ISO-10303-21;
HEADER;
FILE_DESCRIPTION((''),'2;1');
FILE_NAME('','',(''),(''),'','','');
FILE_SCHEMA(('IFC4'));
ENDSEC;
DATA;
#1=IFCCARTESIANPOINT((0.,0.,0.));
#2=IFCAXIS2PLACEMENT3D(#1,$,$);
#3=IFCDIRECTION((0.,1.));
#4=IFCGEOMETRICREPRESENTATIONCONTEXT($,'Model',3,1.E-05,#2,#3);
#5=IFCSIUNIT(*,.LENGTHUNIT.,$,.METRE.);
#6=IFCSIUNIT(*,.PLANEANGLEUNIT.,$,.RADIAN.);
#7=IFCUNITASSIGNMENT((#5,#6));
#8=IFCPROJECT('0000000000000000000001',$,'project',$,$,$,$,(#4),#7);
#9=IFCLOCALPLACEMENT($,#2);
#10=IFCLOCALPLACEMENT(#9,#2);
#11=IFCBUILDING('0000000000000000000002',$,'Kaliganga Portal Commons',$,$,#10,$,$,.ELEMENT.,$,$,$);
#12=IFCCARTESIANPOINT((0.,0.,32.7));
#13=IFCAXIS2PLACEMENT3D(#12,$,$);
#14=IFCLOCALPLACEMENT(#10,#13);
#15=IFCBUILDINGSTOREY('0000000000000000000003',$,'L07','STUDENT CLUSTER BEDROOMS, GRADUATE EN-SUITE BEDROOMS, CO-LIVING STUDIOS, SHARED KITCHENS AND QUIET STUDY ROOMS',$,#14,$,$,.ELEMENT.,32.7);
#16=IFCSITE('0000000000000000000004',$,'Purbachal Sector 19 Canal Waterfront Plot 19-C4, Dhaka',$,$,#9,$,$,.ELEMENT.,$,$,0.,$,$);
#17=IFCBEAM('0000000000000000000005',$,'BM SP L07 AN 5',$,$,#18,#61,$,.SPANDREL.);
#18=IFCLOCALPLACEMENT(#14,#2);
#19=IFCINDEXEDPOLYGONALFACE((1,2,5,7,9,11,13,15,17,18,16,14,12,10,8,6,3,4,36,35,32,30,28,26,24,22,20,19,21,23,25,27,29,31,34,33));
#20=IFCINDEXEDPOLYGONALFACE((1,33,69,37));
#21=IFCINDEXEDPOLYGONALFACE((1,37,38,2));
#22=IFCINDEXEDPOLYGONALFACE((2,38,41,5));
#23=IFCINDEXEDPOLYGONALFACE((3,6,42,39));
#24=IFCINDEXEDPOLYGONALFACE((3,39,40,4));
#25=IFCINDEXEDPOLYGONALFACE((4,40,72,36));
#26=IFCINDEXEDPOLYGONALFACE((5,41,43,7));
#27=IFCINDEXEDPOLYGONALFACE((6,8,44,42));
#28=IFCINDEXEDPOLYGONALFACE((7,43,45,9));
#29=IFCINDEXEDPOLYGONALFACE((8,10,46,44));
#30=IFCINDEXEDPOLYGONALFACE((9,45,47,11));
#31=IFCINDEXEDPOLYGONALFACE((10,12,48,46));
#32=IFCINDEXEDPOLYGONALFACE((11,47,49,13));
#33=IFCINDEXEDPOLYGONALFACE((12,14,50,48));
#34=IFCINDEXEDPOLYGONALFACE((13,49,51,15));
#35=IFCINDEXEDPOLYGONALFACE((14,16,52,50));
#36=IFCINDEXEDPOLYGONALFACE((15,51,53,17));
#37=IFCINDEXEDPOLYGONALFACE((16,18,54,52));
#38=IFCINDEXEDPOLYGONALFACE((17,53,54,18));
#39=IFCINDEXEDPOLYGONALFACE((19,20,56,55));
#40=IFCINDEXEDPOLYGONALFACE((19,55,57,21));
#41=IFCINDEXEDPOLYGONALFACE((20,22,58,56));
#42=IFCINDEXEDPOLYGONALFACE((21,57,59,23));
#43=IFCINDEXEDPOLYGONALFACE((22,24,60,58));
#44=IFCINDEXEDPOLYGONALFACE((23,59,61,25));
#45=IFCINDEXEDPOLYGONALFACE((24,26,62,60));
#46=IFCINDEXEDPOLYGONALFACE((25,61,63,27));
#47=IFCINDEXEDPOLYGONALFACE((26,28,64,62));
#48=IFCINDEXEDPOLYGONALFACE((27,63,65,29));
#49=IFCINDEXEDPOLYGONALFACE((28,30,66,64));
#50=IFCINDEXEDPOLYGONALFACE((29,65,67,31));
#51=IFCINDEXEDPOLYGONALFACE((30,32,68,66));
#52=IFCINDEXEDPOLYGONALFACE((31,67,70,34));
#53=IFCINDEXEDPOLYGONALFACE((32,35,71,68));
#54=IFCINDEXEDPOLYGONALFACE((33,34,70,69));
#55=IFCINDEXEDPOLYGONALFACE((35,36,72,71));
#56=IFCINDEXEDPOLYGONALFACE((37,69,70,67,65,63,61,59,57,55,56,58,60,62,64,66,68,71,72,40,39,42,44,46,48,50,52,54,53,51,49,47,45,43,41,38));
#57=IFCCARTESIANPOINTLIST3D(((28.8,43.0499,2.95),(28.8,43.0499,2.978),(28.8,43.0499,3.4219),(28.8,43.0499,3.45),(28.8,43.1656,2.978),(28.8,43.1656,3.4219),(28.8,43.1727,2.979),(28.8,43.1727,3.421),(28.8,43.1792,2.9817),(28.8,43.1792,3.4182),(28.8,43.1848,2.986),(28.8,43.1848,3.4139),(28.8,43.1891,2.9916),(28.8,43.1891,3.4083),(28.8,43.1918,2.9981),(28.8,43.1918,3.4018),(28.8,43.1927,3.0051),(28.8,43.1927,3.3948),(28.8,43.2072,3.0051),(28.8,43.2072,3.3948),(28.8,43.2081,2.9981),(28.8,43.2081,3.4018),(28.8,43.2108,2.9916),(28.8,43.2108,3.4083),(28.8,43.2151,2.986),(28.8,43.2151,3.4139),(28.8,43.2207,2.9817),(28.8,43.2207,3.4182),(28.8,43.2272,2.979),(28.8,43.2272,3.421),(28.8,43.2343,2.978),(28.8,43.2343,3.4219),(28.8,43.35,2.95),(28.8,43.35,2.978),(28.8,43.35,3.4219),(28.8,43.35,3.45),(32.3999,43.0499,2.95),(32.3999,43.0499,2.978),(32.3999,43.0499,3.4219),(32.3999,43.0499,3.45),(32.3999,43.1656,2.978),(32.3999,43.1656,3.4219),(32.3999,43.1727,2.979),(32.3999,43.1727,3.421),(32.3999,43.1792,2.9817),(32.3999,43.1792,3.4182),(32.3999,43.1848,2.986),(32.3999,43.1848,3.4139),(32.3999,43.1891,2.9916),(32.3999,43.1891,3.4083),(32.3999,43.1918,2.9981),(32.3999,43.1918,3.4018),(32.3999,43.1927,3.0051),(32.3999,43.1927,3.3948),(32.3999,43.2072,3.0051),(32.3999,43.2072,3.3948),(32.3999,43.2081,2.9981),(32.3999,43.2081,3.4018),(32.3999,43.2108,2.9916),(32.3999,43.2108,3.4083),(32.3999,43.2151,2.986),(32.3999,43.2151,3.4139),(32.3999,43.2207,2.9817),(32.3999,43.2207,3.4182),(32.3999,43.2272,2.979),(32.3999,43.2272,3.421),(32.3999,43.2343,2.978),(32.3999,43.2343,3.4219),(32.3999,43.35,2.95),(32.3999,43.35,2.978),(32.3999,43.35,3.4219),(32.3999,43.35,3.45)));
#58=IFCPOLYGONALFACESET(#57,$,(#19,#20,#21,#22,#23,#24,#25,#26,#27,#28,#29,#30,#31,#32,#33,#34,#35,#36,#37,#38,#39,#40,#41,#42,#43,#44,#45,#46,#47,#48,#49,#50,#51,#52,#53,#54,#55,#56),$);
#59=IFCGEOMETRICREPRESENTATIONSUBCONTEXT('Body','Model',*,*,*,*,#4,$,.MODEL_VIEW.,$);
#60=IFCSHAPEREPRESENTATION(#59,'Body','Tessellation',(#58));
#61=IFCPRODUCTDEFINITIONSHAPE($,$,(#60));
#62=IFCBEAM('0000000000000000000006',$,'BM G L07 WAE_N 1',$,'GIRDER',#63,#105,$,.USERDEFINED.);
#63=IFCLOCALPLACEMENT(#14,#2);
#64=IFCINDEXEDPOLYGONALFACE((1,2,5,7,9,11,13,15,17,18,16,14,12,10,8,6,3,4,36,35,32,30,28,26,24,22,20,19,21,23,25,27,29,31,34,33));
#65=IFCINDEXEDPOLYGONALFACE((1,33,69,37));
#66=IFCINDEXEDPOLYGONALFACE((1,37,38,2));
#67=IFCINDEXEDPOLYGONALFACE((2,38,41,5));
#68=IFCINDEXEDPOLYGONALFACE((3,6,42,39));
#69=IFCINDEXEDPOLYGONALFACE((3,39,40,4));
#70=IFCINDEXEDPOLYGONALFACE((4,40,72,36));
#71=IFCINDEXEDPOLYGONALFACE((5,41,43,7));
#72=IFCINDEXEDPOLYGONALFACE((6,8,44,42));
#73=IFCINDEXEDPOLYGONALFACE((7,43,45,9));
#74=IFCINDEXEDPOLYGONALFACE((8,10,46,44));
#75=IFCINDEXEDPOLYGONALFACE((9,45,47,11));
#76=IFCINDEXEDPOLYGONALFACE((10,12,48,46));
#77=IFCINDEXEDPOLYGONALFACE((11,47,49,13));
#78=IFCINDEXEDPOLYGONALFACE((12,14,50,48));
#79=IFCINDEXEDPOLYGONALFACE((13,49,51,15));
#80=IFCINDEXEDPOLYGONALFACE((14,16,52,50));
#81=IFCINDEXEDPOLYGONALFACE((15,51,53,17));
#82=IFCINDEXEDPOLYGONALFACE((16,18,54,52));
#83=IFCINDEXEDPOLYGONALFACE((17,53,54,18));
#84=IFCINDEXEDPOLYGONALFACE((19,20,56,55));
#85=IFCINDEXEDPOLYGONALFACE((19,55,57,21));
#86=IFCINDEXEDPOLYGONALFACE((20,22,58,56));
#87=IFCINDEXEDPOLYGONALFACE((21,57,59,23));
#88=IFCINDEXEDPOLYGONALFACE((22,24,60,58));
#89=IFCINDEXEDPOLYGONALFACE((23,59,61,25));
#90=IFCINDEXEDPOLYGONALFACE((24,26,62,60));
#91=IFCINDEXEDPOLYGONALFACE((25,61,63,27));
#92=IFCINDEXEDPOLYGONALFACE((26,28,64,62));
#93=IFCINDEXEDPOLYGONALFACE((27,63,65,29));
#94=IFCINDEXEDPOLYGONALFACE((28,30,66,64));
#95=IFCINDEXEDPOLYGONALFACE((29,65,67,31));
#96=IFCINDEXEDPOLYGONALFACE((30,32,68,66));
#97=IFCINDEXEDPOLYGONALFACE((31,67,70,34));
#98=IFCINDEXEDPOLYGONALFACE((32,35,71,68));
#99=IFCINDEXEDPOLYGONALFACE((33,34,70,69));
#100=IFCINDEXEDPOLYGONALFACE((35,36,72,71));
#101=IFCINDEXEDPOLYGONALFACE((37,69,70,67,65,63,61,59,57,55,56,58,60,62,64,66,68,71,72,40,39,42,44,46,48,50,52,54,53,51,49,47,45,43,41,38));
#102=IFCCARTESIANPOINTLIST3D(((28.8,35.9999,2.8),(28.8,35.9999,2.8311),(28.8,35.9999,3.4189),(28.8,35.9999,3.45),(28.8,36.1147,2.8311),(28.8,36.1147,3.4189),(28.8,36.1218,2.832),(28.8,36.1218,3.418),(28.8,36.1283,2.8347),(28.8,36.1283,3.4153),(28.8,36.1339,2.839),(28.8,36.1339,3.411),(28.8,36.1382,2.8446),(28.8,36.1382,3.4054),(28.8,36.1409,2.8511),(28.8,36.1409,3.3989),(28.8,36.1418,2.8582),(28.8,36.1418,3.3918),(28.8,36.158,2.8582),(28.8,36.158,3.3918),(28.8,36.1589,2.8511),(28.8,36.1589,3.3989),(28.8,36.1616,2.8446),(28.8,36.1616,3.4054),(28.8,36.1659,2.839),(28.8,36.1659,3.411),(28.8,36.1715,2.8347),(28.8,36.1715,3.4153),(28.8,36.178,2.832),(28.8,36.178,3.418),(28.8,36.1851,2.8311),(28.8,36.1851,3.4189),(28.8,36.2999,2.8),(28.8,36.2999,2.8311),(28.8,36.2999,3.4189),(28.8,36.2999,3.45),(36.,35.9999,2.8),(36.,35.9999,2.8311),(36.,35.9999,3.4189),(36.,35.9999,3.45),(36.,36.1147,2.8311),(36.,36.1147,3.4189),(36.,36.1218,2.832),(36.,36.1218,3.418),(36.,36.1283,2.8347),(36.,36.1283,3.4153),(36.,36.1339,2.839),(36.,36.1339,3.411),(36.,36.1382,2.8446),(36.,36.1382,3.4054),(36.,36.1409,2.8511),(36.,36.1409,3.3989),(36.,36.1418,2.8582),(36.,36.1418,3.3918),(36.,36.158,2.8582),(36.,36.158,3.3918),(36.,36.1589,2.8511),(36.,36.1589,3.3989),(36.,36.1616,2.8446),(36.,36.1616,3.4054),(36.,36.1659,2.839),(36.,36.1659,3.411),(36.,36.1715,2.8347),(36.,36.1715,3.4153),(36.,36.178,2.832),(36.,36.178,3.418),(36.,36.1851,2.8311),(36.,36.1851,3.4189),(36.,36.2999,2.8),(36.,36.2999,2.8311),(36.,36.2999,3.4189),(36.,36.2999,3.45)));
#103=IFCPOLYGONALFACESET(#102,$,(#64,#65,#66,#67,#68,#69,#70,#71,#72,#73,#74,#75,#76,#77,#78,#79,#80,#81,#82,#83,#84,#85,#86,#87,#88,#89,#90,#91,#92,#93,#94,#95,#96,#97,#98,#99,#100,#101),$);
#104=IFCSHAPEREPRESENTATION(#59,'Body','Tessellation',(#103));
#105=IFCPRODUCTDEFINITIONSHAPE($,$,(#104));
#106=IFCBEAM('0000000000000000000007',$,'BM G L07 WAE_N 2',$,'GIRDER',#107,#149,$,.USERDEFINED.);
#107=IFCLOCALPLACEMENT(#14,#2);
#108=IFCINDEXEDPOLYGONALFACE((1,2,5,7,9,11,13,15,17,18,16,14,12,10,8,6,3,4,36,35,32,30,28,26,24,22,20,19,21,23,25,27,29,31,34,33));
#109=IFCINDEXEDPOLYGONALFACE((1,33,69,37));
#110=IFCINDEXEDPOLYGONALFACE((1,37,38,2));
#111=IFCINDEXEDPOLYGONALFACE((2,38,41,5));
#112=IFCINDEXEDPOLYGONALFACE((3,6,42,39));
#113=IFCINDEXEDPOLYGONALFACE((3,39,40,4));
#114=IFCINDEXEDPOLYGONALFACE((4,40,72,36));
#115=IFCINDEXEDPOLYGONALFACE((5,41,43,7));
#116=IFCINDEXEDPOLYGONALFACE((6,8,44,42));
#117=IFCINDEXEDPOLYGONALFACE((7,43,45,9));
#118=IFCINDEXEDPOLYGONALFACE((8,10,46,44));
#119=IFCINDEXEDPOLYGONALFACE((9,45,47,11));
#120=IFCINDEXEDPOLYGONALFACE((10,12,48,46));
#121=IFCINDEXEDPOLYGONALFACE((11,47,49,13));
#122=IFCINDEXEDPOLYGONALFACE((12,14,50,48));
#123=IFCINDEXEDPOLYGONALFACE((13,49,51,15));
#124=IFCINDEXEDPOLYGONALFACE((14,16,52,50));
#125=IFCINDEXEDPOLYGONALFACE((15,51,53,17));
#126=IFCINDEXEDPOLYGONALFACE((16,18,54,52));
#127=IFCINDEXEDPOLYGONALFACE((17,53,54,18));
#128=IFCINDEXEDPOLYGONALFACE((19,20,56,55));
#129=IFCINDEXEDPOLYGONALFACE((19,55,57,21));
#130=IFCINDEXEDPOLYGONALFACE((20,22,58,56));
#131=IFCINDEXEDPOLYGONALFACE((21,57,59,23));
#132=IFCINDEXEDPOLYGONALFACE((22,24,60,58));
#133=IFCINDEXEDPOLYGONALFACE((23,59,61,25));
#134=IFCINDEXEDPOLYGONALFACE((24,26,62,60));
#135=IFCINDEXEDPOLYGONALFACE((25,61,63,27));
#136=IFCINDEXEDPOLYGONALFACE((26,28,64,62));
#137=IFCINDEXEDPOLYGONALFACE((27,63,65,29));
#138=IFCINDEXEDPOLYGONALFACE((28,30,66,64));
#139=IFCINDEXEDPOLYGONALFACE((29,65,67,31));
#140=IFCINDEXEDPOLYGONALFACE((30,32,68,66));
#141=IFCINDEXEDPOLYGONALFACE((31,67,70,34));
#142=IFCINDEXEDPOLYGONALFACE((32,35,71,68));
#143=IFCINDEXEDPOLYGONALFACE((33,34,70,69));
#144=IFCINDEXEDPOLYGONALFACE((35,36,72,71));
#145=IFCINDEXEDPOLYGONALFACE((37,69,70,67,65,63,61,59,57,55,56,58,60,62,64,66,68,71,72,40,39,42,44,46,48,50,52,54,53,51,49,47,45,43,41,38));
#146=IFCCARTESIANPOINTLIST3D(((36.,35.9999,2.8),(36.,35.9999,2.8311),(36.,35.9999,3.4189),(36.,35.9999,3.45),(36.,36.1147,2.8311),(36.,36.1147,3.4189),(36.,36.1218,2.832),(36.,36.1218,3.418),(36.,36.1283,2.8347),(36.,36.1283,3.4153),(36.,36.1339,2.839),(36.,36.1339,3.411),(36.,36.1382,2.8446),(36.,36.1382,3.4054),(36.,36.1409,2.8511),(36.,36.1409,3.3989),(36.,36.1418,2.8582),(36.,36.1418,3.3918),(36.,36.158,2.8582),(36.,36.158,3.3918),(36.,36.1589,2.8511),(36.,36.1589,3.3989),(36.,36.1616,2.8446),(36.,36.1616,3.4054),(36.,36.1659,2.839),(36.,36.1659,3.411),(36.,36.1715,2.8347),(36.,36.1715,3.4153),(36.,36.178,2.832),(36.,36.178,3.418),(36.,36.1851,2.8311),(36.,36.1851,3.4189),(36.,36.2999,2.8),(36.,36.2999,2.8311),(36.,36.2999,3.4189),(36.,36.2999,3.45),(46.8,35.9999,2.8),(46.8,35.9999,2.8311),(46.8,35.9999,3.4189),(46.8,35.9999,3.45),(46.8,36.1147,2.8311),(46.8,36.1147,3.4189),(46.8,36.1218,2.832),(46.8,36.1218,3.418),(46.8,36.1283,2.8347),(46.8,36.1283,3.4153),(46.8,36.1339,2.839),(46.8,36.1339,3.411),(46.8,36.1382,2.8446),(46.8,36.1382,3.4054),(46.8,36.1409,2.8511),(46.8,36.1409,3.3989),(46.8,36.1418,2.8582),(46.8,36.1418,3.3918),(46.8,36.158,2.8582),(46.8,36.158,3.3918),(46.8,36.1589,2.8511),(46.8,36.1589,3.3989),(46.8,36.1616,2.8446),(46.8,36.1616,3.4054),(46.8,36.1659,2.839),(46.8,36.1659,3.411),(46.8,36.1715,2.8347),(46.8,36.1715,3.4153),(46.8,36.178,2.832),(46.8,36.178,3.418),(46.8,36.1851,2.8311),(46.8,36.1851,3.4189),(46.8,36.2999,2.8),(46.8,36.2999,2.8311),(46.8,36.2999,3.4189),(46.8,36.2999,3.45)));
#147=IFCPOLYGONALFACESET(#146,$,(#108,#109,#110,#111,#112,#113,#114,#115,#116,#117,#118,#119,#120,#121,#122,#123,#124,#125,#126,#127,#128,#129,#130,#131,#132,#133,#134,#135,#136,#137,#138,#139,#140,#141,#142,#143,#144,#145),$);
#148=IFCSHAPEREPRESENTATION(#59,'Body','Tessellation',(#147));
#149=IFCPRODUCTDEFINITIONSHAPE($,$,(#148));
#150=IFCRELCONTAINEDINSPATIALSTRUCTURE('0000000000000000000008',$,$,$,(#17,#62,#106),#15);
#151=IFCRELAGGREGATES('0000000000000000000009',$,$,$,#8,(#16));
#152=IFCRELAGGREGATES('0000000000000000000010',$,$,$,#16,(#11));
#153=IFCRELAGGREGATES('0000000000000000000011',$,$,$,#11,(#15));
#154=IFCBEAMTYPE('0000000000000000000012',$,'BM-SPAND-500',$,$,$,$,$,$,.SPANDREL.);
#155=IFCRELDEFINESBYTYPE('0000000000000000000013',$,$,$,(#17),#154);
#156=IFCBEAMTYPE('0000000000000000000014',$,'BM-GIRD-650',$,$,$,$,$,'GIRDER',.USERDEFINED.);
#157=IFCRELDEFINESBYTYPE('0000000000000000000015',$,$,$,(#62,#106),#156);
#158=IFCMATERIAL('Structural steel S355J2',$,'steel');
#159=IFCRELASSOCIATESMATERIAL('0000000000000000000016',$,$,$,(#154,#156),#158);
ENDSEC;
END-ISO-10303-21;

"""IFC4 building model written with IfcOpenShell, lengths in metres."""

from ifc_helpers import new_model, si_unit, direction, frame, origin, origin_2d, place, context, subcontext, project, spatial, i_section, extrude, source, transform, mapped, material, material_profile, profile_set, type_object, element, save


model = new_model("IFC4")

# Units and contexts
model_context = context("Model", 3, precision=1e-05, world=origin(), true_north=direction((0.0, 1.0)))
body_context = subcontext(model_context, "Body", "Model", "MODEL_VIEW")
ifc_project = project(units=[si_unit("LENGTHUNIT", "METRE"), si_unit("PLANEANGLEUNIT", "RADIAN")], contexts=[model_context])

# Site, building, storey
site_placement = place(None, origin())
site = spatial("IfcSite", under=ifc_project, at=site_placement, Name="Purbachal Sector 19 Canal Waterfront Plot 19-C4, Dhaka", CompositionType="ELEMENT", RefElevation=0.0)
building_placement = place(site_placement, origin())
building = spatial("IfcBuilding", under=site, at=building_placement, Name="Kaliganga Portal Commons", CompositionType="ELEMENT")
storey_placement = place(building_placement, frame((0.0, 0.0, 32.7)))
storey = spatial("IfcBuildingStorey", under=building, at=storey_placement, Name="L07", Description="STUDENT CLUSTER BEDROOMS, GRADUATE EN-SUITE BEDROOMS, CO-LIVING STUDIOS, SHARED KITCHENS AND QUIET STUDY ROOMS", CompositionType="ELEMENT", Elevation=32.7)

# Beams
ifc_material_1 = material(Name="Structural steel S355J2", Category="steel")
ifc_material_profile_1 = material_profile(ifc_material_1, i_section(OverallWidth=0.3, OverallDepth=0.5, WebThickness=0.0144, FlangeThickness=0.0281, FilletRadius=0.0271, at=origin_2d()), Name="HE 500 B")
ifc_profile_set_1 = profile_set([ifc_material_profile_1], Name="Structural steel S355J2 wide-flange")
beam_type_1 = type_object("IfcBeamType", Name="BM-SPAND-500", PredefinedType="SPANDREL", material=ifc_profile_set_1)
shared_shape_1 = source(origin(), body_context, "Body", "SweptSolid", [
    extrude(i_section(OverallWidth=0.3, OverallDepth=0.5, WebThickness=0.0144, FlangeThickness=0.0281, FilletRadius=0.0271, at=origin_2d()), origin(), (0.0, 0.0, 1.0), 3.5999),
])
beam_1_placement = place(storey_placement, frame((28.8, 43.2, 3.2), z_axis=(1.0, 0.0, 0.0), x_axis=(0.0, 1.0, 0.0)))
element("IfcBeam", 1, at=beam_1_placement, inside=storey, type_object=beam_type_1, Name="BM SP L07 AN 5", PredefinedType="SPANDREL", context=body_context, shape_type="MappedRepresentation", body=[
    mapped(shared_shape_1, transform((0.0, 0.0, 0.0), x_axis=(1.0, 0.0, 0.0), y_axis=(0.0, 1.0, 0.0), z_axis=(0.0, 0.0, 1.0), scale=1.0)),
])
ifc_material_profile_2 = material_profile(ifc_material_1, i_section(OverallWidth=0.3, OverallDepth=0.6499, WebThickness=0.0161, FlangeThickness=0.031, FilletRadius=0.0271, at=origin_2d()), Name="HE 650 B")
ifc_profile_set_2 = profile_set([ifc_material_profile_2], Name="Structural steel S355J2 wide-flange")
beam_type_2 = type_object("IfcBeamType", Name="BM-GIRD-650", ElementType="GIRDER", PredefinedType="USERDEFINED", material=ifc_profile_set_2)
shared_shape_2 = source(origin(), body_context, "Body", "SweptSolid", [
    extrude(i_section(OverallWidth=0.3, OverallDepth=0.6499, WebThickness=0.0161, FlangeThickness=0.031, FilletRadius=0.0271, at=origin_2d()), origin(), (0.0, 0.0, 1.0), 7.2),
])
beam_2_placement = place(storey_placement, frame((28.8, 36.1499, 3.125), z_axis=(1.0, 0.0, 0.0), x_axis=(0.0, 1.0, 0.0)))
element("IfcBeam", 2, at=beam_2_placement, inside=storey, type_object=beam_type_2, Name="BM G L07 WAE_N 1", ObjectType="GIRDER", PredefinedType="USERDEFINED", context=body_context, shape_type="MappedRepresentation", body=[
    mapped(shared_shape_2, transform((0.0, 0.0, 0.0), x_axis=(1.0, 0.0, 0.0), y_axis=(0.0, 1.0, 0.0), z_axis=(0.0, 0.0, 1.0), scale=1.0)),
])
shared_shape_3 = source(origin(), body_context, "Body", "SweptSolid", [
    extrude(i_section(OverallWidth=0.3, OverallDepth=0.6499, WebThickness=0.0161, FlangeThickness=0.031, FilletRadius=0.0271, at=origin_2d()), origin(), (0.0, 0.0, 1.0), 10.8),
])
beam_3_placement = place(storey_placement, frame((36.0, 36.1499, 3.125), z_axis=(1.0, 0.0, 0.0), x_axis=(0.0, 1.0, 0.0)))
element("IfcBeam", 3, at=beam_3_placement, inside=storey, type_object=beam_type_2, Name="BM G L07 WAE_N 2", ObjectType="GIRDER", PredefinedType="USERDEFINED", context=body_context, shape_type="MappedRepresentation", body=[
    mapped(shared_shape_3, transform((0.0, 0.0, 0.0), x_axis=(1.0, 0.0, 0.0), y_axis=(0.0, 1.0, 0.0), z_axis=(0.0, 0.0, 1.0), scale=1.0)),
])

save(model, "model.ifc")
